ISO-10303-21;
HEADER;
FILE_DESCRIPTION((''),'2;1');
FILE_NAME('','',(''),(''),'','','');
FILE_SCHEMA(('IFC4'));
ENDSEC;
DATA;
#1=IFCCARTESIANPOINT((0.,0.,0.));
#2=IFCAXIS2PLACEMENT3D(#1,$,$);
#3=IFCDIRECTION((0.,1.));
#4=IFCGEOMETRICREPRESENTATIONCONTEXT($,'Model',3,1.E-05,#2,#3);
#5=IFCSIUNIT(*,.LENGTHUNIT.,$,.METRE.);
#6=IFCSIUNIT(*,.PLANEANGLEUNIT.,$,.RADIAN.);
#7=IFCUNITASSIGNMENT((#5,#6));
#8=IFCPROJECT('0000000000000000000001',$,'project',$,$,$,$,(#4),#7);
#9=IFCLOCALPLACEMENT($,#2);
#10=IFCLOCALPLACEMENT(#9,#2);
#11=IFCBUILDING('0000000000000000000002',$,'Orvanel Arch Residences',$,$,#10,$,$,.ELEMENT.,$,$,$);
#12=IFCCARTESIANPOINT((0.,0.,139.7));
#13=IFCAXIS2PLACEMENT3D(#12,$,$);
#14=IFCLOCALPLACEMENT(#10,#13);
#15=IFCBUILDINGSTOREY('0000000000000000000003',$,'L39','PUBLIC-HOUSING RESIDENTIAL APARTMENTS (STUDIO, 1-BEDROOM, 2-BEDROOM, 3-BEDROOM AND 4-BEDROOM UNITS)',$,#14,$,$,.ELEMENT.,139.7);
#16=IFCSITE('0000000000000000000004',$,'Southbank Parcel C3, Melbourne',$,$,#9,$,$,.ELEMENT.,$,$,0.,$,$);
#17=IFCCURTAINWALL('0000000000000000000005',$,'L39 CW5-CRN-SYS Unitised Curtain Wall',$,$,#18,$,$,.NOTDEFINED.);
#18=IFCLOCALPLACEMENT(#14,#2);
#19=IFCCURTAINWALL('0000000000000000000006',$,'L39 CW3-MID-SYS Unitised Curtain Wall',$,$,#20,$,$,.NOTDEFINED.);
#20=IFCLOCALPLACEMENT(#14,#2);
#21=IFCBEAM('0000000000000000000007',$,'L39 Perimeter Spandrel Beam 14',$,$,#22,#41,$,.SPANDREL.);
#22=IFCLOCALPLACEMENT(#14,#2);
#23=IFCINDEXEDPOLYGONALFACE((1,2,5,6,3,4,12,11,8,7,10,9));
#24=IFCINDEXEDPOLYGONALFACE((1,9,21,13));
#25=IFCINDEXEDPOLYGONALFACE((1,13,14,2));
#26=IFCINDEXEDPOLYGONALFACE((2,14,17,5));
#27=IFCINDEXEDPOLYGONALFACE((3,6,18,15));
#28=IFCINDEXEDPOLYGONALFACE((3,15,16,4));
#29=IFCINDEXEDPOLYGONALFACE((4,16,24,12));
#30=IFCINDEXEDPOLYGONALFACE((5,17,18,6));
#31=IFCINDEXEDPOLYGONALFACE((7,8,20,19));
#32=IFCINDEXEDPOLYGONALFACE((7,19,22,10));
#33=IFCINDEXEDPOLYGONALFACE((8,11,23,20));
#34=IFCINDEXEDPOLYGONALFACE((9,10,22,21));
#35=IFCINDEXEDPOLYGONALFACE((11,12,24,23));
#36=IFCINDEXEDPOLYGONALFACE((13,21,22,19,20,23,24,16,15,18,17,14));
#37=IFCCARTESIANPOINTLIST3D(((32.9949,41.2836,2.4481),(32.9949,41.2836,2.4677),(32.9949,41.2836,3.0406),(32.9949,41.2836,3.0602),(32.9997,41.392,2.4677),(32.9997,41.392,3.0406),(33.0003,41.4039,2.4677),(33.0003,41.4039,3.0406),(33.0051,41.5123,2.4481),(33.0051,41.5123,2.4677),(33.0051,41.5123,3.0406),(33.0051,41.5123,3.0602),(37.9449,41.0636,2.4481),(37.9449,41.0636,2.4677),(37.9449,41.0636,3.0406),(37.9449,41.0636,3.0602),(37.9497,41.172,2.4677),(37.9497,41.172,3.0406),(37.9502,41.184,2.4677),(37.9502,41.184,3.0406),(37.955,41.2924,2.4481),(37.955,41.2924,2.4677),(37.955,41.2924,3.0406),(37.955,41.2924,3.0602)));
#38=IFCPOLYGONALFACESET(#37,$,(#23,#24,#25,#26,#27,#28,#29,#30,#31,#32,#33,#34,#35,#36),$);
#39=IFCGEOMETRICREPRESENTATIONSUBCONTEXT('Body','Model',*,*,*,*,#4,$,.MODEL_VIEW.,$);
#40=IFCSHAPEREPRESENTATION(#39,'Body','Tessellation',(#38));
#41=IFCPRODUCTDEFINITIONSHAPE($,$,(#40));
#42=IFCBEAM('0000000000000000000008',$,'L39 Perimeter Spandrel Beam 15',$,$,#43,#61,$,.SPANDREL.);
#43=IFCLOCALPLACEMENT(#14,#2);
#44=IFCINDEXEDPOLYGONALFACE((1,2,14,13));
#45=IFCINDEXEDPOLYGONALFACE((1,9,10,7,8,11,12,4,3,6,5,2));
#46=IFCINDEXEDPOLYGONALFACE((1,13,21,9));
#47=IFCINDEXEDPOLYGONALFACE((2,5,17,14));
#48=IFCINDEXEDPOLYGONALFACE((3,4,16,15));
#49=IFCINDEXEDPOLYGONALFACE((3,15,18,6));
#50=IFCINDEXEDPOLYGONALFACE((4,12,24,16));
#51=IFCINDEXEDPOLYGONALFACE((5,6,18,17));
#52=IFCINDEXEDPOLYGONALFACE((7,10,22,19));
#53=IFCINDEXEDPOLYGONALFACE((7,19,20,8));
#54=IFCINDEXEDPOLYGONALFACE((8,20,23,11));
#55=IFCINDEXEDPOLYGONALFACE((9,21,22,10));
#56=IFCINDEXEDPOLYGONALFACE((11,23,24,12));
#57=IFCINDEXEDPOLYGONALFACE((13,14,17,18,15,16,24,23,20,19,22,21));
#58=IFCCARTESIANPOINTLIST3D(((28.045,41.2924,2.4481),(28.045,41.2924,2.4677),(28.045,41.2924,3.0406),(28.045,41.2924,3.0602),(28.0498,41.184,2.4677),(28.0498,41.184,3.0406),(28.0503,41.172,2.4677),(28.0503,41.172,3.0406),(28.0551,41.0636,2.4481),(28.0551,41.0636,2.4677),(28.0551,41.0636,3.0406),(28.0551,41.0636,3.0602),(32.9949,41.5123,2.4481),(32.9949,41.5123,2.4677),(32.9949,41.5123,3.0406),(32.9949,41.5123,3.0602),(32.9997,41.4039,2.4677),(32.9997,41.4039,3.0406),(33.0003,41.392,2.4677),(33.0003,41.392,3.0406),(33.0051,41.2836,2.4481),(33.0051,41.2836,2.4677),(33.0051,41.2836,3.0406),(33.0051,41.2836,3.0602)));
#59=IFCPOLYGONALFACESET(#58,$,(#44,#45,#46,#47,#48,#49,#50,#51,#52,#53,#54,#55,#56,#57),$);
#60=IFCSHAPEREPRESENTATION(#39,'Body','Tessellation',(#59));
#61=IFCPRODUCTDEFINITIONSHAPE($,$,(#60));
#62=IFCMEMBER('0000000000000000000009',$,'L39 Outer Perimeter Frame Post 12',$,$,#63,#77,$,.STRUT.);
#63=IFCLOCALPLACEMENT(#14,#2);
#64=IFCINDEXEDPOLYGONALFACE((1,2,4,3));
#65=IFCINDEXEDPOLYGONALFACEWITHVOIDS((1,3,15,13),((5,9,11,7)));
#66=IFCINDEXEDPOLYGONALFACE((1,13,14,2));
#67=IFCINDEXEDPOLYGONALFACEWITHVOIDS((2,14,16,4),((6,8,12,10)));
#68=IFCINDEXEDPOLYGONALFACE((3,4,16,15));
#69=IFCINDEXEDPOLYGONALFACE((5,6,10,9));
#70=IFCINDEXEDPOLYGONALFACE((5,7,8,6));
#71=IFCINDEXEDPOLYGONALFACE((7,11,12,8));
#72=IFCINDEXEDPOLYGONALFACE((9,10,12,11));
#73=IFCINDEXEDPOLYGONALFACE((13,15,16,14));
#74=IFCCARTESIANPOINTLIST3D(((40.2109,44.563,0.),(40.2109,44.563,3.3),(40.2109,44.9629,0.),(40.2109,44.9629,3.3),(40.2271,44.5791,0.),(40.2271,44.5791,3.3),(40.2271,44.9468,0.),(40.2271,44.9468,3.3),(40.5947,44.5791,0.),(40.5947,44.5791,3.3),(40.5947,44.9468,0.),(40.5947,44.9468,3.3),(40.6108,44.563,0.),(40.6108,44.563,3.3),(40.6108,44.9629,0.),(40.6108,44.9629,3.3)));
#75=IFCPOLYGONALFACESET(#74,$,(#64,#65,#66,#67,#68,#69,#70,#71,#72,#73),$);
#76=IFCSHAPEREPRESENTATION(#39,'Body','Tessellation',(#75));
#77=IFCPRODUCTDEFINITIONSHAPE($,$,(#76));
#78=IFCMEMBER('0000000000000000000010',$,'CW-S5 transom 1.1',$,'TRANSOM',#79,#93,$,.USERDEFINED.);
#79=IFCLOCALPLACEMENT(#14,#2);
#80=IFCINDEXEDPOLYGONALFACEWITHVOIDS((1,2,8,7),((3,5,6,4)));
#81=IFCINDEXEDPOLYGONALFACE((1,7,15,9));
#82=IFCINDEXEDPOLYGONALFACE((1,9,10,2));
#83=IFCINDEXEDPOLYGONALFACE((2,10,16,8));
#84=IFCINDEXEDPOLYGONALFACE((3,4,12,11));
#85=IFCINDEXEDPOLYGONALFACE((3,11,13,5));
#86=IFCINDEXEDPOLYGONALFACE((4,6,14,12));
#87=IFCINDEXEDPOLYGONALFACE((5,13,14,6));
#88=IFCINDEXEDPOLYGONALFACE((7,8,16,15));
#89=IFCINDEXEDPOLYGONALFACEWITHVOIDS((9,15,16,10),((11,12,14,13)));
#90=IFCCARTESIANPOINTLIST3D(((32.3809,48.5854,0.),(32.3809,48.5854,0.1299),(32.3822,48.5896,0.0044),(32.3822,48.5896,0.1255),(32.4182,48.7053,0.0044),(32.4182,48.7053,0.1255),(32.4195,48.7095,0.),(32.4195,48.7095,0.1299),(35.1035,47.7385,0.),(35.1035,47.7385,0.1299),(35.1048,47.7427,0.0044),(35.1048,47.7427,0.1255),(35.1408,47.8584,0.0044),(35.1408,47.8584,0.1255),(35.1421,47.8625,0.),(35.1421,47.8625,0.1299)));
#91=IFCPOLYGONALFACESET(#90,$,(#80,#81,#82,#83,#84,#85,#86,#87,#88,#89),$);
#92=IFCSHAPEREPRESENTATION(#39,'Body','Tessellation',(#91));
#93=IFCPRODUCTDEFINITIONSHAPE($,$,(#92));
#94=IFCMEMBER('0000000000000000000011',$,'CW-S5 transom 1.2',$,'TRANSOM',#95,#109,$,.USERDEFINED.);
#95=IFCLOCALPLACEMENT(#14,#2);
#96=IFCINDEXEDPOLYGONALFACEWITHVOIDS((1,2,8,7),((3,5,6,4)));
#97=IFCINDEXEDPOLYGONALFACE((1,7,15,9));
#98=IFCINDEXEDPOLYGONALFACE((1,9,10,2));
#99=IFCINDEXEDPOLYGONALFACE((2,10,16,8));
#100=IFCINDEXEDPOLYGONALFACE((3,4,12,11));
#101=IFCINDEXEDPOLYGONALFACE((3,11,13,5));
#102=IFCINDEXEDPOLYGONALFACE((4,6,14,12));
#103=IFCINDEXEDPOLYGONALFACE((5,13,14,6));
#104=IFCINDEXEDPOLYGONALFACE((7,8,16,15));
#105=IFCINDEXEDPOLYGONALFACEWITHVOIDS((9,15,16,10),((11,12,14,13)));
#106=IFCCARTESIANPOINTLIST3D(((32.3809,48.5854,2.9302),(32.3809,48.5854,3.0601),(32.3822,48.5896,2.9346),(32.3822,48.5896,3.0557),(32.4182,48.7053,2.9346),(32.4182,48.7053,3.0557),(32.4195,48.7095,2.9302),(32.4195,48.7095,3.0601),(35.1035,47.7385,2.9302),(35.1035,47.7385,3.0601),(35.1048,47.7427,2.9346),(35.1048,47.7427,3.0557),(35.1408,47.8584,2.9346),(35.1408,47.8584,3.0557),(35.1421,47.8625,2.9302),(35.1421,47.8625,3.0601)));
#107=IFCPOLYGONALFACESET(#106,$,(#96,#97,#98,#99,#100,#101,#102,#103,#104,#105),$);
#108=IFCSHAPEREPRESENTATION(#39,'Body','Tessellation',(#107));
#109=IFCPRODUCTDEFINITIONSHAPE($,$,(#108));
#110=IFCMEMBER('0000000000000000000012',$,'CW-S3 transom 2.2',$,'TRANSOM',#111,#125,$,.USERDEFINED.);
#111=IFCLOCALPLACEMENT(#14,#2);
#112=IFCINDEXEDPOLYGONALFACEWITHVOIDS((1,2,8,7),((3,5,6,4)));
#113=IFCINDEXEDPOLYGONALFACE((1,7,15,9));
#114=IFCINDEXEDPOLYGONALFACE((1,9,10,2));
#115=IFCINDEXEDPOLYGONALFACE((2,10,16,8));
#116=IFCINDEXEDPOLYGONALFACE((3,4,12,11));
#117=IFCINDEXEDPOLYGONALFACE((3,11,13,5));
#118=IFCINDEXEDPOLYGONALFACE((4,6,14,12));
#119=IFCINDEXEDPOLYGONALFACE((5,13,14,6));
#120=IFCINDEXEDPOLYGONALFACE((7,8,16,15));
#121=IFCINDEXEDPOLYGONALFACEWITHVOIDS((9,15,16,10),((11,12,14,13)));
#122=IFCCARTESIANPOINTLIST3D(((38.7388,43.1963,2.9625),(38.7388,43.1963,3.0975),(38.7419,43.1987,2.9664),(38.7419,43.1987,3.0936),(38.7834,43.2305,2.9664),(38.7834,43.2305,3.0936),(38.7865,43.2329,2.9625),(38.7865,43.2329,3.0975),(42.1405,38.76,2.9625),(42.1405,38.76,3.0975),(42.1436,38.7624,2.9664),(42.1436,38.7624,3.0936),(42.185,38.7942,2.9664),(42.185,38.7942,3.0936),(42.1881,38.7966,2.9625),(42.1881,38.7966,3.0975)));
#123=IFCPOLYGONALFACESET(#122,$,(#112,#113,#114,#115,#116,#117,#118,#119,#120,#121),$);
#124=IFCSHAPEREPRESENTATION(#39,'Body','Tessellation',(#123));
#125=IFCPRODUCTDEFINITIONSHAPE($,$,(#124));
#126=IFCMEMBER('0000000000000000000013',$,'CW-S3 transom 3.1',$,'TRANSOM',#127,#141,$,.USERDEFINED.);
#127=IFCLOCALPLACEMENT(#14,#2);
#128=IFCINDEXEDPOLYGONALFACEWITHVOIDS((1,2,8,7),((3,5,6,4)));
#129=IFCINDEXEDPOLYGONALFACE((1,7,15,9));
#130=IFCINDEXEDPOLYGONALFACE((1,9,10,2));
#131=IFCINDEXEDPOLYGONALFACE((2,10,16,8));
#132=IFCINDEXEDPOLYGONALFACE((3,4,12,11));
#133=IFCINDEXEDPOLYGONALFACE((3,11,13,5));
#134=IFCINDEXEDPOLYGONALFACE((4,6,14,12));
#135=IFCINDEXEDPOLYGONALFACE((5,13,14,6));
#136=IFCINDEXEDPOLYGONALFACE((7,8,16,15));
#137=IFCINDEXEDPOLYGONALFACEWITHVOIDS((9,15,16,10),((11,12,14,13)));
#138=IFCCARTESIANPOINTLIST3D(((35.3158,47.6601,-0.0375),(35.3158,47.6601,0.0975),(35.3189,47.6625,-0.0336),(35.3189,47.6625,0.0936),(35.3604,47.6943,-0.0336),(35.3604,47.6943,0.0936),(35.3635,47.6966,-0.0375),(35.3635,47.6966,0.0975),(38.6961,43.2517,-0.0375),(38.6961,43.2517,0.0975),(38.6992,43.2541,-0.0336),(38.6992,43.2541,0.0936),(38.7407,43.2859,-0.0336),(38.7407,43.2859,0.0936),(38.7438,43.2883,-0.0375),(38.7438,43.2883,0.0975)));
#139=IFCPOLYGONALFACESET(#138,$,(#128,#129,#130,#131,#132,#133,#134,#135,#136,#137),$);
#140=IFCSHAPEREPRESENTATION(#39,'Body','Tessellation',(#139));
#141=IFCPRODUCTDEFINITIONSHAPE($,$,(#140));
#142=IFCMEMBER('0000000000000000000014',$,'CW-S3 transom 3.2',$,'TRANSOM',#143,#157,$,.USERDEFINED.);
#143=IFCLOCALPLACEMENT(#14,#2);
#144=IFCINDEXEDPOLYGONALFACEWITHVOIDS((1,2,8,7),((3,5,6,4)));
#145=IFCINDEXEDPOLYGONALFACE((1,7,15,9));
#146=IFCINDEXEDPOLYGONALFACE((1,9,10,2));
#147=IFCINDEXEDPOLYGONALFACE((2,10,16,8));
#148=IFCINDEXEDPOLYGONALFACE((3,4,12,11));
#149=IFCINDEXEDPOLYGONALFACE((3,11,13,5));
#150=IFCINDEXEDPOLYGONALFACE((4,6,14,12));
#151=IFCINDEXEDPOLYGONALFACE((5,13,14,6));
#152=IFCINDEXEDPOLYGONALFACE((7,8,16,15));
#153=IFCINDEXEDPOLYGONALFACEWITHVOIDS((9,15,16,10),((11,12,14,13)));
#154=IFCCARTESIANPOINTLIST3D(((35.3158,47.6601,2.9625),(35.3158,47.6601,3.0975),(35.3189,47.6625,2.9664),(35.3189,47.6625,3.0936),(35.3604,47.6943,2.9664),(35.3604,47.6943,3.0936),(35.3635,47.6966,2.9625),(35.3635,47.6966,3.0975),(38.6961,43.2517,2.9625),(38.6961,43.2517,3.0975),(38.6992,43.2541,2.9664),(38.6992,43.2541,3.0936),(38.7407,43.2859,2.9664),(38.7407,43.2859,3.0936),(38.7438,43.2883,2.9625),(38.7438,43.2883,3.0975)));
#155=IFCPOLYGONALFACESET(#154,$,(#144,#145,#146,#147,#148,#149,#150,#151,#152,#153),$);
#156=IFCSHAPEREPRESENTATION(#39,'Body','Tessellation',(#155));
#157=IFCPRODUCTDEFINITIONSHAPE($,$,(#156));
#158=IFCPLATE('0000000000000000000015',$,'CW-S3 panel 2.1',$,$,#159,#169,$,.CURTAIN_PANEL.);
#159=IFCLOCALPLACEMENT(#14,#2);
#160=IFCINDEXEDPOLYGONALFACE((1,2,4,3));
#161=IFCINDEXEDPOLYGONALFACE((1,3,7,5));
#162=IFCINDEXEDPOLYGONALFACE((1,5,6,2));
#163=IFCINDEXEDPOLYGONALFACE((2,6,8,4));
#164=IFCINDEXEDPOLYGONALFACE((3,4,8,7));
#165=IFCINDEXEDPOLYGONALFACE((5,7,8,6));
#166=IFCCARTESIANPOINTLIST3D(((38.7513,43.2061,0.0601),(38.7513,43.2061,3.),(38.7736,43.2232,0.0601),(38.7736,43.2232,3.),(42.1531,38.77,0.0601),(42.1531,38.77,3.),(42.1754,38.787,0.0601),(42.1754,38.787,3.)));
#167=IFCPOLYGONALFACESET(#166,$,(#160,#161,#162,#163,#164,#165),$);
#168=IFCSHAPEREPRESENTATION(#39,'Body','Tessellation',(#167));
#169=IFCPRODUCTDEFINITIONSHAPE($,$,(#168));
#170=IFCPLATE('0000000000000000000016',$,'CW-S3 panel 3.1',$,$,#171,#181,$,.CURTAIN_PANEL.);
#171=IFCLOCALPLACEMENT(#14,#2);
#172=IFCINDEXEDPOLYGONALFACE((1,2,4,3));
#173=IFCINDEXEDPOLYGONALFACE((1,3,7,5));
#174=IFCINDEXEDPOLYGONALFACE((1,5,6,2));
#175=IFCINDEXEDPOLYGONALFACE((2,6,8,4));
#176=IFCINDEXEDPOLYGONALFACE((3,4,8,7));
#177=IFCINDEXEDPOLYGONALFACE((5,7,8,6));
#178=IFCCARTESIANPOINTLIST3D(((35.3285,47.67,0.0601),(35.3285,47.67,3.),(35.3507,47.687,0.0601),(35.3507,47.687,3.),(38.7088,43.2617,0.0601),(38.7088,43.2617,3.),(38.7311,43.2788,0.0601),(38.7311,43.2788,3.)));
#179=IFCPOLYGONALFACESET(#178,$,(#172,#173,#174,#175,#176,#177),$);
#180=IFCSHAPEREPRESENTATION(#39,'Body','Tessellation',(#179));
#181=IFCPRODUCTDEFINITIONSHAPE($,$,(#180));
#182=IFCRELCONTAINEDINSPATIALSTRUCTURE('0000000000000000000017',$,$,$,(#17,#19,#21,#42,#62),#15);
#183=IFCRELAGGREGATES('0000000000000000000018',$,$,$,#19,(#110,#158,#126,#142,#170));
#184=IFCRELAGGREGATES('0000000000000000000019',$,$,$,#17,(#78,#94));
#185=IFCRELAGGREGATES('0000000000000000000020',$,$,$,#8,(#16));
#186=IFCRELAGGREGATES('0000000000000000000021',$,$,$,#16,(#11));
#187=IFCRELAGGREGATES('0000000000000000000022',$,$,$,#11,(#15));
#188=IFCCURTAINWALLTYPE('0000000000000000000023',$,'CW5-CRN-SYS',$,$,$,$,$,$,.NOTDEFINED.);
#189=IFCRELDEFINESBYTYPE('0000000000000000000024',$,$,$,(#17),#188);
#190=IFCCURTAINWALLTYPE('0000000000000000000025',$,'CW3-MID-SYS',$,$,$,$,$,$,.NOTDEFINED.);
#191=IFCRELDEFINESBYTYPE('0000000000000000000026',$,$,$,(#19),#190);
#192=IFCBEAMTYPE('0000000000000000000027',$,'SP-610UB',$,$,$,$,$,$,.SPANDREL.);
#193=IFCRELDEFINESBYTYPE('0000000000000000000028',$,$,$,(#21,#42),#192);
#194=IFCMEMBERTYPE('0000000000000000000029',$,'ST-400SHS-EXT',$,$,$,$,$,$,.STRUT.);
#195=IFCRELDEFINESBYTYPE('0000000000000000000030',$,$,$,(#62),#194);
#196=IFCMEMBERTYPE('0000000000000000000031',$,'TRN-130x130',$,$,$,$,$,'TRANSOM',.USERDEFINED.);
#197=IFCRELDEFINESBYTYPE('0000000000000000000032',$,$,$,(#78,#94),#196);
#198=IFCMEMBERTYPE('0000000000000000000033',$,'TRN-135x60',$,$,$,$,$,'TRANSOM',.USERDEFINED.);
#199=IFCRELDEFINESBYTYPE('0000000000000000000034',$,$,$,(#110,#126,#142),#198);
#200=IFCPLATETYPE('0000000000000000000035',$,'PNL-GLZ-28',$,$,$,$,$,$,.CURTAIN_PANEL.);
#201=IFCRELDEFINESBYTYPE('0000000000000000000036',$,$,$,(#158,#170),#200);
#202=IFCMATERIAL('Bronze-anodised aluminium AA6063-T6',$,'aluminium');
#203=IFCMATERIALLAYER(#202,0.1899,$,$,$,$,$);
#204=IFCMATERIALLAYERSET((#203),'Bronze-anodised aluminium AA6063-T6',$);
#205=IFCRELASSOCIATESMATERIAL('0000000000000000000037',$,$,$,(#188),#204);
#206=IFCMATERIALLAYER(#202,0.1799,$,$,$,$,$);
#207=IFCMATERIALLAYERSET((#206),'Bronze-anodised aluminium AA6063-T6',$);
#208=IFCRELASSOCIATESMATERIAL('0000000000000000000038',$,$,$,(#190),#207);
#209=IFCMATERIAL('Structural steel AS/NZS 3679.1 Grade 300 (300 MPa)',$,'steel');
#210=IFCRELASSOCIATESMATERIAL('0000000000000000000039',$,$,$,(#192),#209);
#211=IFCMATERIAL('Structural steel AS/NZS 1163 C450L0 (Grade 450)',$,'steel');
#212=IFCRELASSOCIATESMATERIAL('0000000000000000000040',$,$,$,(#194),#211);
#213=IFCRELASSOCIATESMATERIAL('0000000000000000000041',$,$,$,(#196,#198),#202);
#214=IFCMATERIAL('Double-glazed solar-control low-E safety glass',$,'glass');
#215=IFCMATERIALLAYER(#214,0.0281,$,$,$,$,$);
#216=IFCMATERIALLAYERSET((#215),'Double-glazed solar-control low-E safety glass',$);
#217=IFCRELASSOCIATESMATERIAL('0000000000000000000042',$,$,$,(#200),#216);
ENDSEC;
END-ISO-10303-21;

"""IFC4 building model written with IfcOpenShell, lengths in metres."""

from ifc_helpers import new_model, si_unit, direction, frame, origin, origin_2d, place, context, subcontext, project, spatial, rectangle, hollow_rectangle, i_section, extrude, material, layer, layer_set, material_profile, profile_set, type_object, element, aggregate, save


model = new_model("IFC4")

# Units and contexts
model_context = context("Model", 3, precision=1e-05, world=origin(), true_north=direction((0.0, 1.0)))
body_context = subcontext(model_context, "Body", "Model", "MODEL_VIEW")
ifc_project = project(units=[si_unit("LENGTHUNIT", "METRE"), si_unit("PLANEANGLEUNIT", "RADIAN")], contexts=[model_context])

# Site, building, storey
site_placement = place(None, origin())
site = spatial("IfcSite", under=ifc_project, at=site_placement, Name="Southbank Parcel C3, Melbourne", CompositionType="ELEMENT", RefElevation=0.0)
building_placement = place(site_placement, origin())
building = spatial("IfcBuilding", under=site, at=building_placement, Name="Orvanel Arch Residences", CompositionType="ELEMENT")
storey_placement = place(building_placement, frame((0.0, 0.0, 139.7)))
storey = spatial("IfcBuildingStorey", under=building, at=storey_placement, Name="L39", Description="PUBLIC-HOUSING RESIDENTIAL APARTMENTS (STUDIO, 1-BEDROOM, 2-BEDROOM, 3-BEDROOM AND 4-BEDROOM UNITS)", CompositionType="ELEMENT", Elevation=139.7)

# Shared definitions
ifc_material_1 = material(Name="Structural steel AS/NZS 3679.1 Grade 300 (300 MPa)", Category="steel")

# Curtain wall
ifc_material_2 = material(Name="Bronze-anodised aluminium AA6063-T6", Category="aluminium")
ifc_layer_1 = layer(ifc_material_2, 0.1899)
ifc_layer_set_1 = layer_set([ifc_layer_1], Name="Bronze-anodised aluminium AA6063-T6")
curtain_wall_type_1 = type_object("IfcCurtainWallType", Name="CW5-CRN-SYS", PredefinedType="NOTDEFINED", material=ifc_layer_set_1)
curtain_wall_1_placement = place(storey_placement, origin())
curtain_wall_1 = element("IfcCurtainWall", 1, at=curtain_wall_1_placement, inside=storey, type_object=curtain_wall_type_1, Name="L39 CW5-CRN-SYS Unitised Curtain Wall", PredefinedType="NOTDEFINED")

# Curtain wall
ifc_layer_2 = layer(ifc_material_2, 0.1799)
ifc_layer_set_2 = layer_set([ifc_layer_2], Name="Bronze-anodised aluminium AA6063-T6")
curtain_wall_type_2 = type_object("IfcCurtainWallType", Name="CW3-MID-SYS", PredefinedType="NOTDEFINED", material=ifc_layer_set_2)
curtain_wall_2_placement = place(storey_placement, origin())
curtain_wall_2 = element("IfcCurtainWall", 2, at=curtain_wall_2_placement, inside=storey, type_object=curtain_wall_type_2, Name="L39 CW3-MID-SYS Unitised Curtain Wall", PredefinedType="NOTDEFINED")

# Beams
ifc_material_profile_1 = material_profile(ifc_material_1, i_section(OverallWidth=0.229, OverallDepth=0.6121, WebThickness=0.012, FlangeThickness=0.0195, at=origin_2d()), Name="610UB125")
ifc_profile_set_1 = profile_set([ifc_material_profile_1], Name="Structural steel AS/NZS 3679.1 Grade 300 (300 MPa)")
beam_type_1 = type_object("IfcBeamType", Name="SP-610UB", PredefinedType="SPANDREL", material=ifc_profile_set_1)
for number, where, z_axis, x_axis, name in (
    (3, (37.95, 41.178, 2.7542), (-0.999014, 0.044395, 0.0), (-0.044395, -0.999014, 0.0), "L39 Perimeter Spandrel Beam 14"),
    (4, (33.0, 41.3979, 2.7542), (-0.999014, -0.044395, 0.0), (0.044395, -0.999014, 0.0), "L39 Perimeter Spandrel Beam 15"),
):
    element("IfcBeam", number, at=place(storey_placement, frame(where, z_axis=z_axis, x_axis=x_axis)), inside=storey, type_object=beam_type_1, Name=name, PredefinedType="SPANDREL", context=body_context, shape_type="SweptSolid", body=[
        extrude(i_section(OverallWidth=0.229, OverallDepth=0.6121, WebThickness=0.012, FlangeThickness=0.0195, at=origin_2d()), origin(), (0.0, 0.0, 1.0), 4.9548),
    ])

# Members
ifc_material_3 = material(Name="Structural steel AS/NZS 1163 C450L0 (Grade 450)", Category="steel")
ifc_material_profile_2 = material_profile(ifc_material_3, hollow_rectangle(XDim=0.3999, YDim=0.3999, WallThickness=0.0161, at=origin_2d()), Name="SHS400x400x16")
ifc_profile_set_2 = profile_set([ifc_material_profile_2], Name="Structural steel AS/NZS 1163 C450L0 (Grade 450)")
member_type_1 = type_object("IfcMemberType", Name="ST-400SHS-EXT", PredefinedType="STRUT", material=ifc_profile_set_2)
member_1_placement = place(storey_placement, frame((40.4109, 44.7629, 0.0), z_axis=(0.0, 0.0, 1.0), x_axis=(1.0, 0.0, 0.0)))
element("IfcMember", 5, at=member_1_placement, inside=storey, type_object=member_type_1, Name="L39 Outer Perimeter Frame Post 12", PredefinedType="STRUT", context=body_context, shape_type="SweptSolid", body=[
    extrude(hollow_rectangle(XDim=0.3999, YDim=0.3999, WallThickness=0.0161, at=origin_2d()), origin(), (0.0, 0.0, 1.0), 3.3),
])
ifc_material_profile_3 = material_profile(ifc_material_2, hollow_rectangle(XDim=0.1299, YDim=0.1299, WallThickness=0.0044, at=origin_2d()), Name="ALU130x130x4.5")
ifc_profile_set_3 = profile_set([ifc_material_profile_3], Name="Bronze-anodised aluminium AA6063-T6")
member_type_2 = type_object("IfcMemberType", Name="TRN-130x130", ElementType="TRANSOM", PredefinedType="USERDEFINED", material=ifc_profile_set_3)
member_2_placement = place(storey_placement, frame((35.1228, 47.8005, 0.0649), z_axis=(-0.954869, 0.297027, 0.0), x_axis=(-0.297027, -0.954869, 0.0)))
member_2 = element("IfcMember", 6, at=member_2_placement, type_object=member_type_2, Name="CW-S5 transom 1.1", ObjectType="TRANSOM", PredefinedType="USERDEFINED", context=body_context, shape_type="SweptSolid", body=[
    extrude(hollow_rectangle(XDim=0.1299, YDim=0.1299, WallThickness=0.0044, at=origin_2d()), origin(), (0.0, 0.0, 1.0), 2.8513),
])
member_3_placement = place(storey_placement, frame((35.1228, 47.8005, 2.9951), z_axis=(-0.954869, 0.297027, 0.0), x_axis=(-0.297027, -0.954869, 0.0)))
member_3 = element("IfcMember", 7, at=member_3_placement, type_object=member_type_2, Name="CW-S5 transom 1.2", ObjectType="TRANSOM", PredefinedType="USERDEFINED", context=body_context, shape_type="SweptSolid", body=[
    extrude(hollow_rectangle(XDim=0.1299, YDim=0.1299, WallThickness=0.0044, at=origin_2d()), origin(), (0.0, 0.0, 1.0), 2.8513),
])
ifc_material_profile_4 = material_profile(ifc_material_2, hollow_rectangle(XDim=0.0601, YDim=0.135, WallThickness=0.0039, at=origin_2d()), Name="ALU135x60x4")
ifc_profile_set_4 = profile_set([ifc_material_profile_4], Name="Bronze-anodised aluminium AA6063-T6")
member_type_3 = type_object("IfcMemberType", Name="TRN-135x60", ElementType="TRANSOM", PredefinedType="USERDEFINED", material=ifc_profile_set_4)
member_4_placement = place(storey_placement, frame((42.1643, 38.7783, 3.03), z_axis=(-0.608484, 0.793566, 0.0), x_axis=(-0.793566, -0.608484, 0.0)))
member_4 = element("IfcMember", 8, at=member_4_placement, type_object=member_type_3, Name="CW-S3 transom 2.2", ObjectType="TRANSOM", PredefinedType="USERDEFINED", context=body_context, shape_type="SweptSolid", body=[
    extrude(hollow_rectangle(XDim=0.0601, YDim=0.135, WallThickness=0.0039, at=origin_2d()), origin(), (0.0, 0.0, 1.0), 5.5903),
])
member_5_placement = place(storey_placement, frame((38.72, 43.27, 0.03), z_axis=(-0.608495, 0.793558, 0.0), x_axis=(-0.793558, -0.608495, 0.0)))
member_5 = element("IfcMember", 9, at=member_5_placement, type_object=member_type_3, Name="CW-S3 transom 3.1", ObjectType="TRANSOM", PredefinedType="USERDEFINED", context=body_context, shape_type="SweptSolid", body=[
    extrude(hollow_rectangle(XDim=0.0601, YDim=0.135, WallThickness=0.0039, at=origin_2d()), origin(), (0.0, 0.0, 1.0), 5.5552),
])
member_6_placement = place(storey_placement, frame((38.72, 43.27, 3.03), z_axis=(-0.608495, 0.793558, 0.0), x_axis=(-0.793558, -0.608495, 0.0)))
member_6 = element("IfcMember", 10, at=member_6_placement, type_object=member_type_3, Name="CW-S3 transom 3.2", ObjectType="TRANSOM", PredefinedType="USERDEFINED", context=body_context, shape_type="SweptSolid", body=[
    extrude(hollow_rectangle(XDim=0.0601, YDim=0.135, WallThickness=0.0039, at=origin_2d()), origin(), (0.0, 0.0, 1.0), 5.5552),
])

# Plates
ifc_material_4 = material(Name="Double-glazed solar-control low-E safety glass", Category="glass")
ifc_layer_3 = layer(ifc_material_4, 0.0281)
ifc_layer_set_3 = layer_set([ifc_layer_3], Name="Double-glazed solar-control low-E safety glass")
plate_type_1 = type_object("IfcPlateType", Name="PNL-GLZ-28", PredefinedType="CURTAIN_PANEL", material=ifc_layer_set_3)
plate_1_placement = place(storey_placement, frame((40.4634, 40.9966, 0.0601), z_axis=(0.0, 0.0, 1.0), x_axis=(-0.608512, 0.793545, 0.0)))
plate_1 = element("IfcPlate", 11, at=plate_1_placement, type_object=plate_type_1, Name="CW-S3 panel 2.1", PredefinedType="CURTAIN_PANEL", context=body_context, shape_type="SweptSolid", body=[
    extrude(rectangle(XDim=5.5903, YDim=0.0281, at=origin_2d()), origin(), (0.0, 0.0, 1.0), 2.9399),
])
plate_2_placement = place(storey_placement, frame((37.0298, 45.4744, 0.0601), z_axis=(0.0, 0.0, 1.0), x_axis=(-0.608512, 0.793545, 0.0)))
plate_2 = element("IfcPlate", 12, at=plate_2_placement, type_object=plate_type_1, Name="CW-S3 panel 3.1", PredefinedType="CURTAIN_PANEL", context=body_context, shape_type="SweptSolid", body=[
    extrude(rectangle(XDim=5.5552, YDim=0.0281, at=origin_2d()), origin(), (0.0, 0.0, 1.0), 2.9399),
])
aggregate(curtain_wall_2, [member_4, plate_1, member_5, member_6, plate_2])
aggregate(curtain_wall_1, [member_2, member_3])

save(model, "model.ifc")
